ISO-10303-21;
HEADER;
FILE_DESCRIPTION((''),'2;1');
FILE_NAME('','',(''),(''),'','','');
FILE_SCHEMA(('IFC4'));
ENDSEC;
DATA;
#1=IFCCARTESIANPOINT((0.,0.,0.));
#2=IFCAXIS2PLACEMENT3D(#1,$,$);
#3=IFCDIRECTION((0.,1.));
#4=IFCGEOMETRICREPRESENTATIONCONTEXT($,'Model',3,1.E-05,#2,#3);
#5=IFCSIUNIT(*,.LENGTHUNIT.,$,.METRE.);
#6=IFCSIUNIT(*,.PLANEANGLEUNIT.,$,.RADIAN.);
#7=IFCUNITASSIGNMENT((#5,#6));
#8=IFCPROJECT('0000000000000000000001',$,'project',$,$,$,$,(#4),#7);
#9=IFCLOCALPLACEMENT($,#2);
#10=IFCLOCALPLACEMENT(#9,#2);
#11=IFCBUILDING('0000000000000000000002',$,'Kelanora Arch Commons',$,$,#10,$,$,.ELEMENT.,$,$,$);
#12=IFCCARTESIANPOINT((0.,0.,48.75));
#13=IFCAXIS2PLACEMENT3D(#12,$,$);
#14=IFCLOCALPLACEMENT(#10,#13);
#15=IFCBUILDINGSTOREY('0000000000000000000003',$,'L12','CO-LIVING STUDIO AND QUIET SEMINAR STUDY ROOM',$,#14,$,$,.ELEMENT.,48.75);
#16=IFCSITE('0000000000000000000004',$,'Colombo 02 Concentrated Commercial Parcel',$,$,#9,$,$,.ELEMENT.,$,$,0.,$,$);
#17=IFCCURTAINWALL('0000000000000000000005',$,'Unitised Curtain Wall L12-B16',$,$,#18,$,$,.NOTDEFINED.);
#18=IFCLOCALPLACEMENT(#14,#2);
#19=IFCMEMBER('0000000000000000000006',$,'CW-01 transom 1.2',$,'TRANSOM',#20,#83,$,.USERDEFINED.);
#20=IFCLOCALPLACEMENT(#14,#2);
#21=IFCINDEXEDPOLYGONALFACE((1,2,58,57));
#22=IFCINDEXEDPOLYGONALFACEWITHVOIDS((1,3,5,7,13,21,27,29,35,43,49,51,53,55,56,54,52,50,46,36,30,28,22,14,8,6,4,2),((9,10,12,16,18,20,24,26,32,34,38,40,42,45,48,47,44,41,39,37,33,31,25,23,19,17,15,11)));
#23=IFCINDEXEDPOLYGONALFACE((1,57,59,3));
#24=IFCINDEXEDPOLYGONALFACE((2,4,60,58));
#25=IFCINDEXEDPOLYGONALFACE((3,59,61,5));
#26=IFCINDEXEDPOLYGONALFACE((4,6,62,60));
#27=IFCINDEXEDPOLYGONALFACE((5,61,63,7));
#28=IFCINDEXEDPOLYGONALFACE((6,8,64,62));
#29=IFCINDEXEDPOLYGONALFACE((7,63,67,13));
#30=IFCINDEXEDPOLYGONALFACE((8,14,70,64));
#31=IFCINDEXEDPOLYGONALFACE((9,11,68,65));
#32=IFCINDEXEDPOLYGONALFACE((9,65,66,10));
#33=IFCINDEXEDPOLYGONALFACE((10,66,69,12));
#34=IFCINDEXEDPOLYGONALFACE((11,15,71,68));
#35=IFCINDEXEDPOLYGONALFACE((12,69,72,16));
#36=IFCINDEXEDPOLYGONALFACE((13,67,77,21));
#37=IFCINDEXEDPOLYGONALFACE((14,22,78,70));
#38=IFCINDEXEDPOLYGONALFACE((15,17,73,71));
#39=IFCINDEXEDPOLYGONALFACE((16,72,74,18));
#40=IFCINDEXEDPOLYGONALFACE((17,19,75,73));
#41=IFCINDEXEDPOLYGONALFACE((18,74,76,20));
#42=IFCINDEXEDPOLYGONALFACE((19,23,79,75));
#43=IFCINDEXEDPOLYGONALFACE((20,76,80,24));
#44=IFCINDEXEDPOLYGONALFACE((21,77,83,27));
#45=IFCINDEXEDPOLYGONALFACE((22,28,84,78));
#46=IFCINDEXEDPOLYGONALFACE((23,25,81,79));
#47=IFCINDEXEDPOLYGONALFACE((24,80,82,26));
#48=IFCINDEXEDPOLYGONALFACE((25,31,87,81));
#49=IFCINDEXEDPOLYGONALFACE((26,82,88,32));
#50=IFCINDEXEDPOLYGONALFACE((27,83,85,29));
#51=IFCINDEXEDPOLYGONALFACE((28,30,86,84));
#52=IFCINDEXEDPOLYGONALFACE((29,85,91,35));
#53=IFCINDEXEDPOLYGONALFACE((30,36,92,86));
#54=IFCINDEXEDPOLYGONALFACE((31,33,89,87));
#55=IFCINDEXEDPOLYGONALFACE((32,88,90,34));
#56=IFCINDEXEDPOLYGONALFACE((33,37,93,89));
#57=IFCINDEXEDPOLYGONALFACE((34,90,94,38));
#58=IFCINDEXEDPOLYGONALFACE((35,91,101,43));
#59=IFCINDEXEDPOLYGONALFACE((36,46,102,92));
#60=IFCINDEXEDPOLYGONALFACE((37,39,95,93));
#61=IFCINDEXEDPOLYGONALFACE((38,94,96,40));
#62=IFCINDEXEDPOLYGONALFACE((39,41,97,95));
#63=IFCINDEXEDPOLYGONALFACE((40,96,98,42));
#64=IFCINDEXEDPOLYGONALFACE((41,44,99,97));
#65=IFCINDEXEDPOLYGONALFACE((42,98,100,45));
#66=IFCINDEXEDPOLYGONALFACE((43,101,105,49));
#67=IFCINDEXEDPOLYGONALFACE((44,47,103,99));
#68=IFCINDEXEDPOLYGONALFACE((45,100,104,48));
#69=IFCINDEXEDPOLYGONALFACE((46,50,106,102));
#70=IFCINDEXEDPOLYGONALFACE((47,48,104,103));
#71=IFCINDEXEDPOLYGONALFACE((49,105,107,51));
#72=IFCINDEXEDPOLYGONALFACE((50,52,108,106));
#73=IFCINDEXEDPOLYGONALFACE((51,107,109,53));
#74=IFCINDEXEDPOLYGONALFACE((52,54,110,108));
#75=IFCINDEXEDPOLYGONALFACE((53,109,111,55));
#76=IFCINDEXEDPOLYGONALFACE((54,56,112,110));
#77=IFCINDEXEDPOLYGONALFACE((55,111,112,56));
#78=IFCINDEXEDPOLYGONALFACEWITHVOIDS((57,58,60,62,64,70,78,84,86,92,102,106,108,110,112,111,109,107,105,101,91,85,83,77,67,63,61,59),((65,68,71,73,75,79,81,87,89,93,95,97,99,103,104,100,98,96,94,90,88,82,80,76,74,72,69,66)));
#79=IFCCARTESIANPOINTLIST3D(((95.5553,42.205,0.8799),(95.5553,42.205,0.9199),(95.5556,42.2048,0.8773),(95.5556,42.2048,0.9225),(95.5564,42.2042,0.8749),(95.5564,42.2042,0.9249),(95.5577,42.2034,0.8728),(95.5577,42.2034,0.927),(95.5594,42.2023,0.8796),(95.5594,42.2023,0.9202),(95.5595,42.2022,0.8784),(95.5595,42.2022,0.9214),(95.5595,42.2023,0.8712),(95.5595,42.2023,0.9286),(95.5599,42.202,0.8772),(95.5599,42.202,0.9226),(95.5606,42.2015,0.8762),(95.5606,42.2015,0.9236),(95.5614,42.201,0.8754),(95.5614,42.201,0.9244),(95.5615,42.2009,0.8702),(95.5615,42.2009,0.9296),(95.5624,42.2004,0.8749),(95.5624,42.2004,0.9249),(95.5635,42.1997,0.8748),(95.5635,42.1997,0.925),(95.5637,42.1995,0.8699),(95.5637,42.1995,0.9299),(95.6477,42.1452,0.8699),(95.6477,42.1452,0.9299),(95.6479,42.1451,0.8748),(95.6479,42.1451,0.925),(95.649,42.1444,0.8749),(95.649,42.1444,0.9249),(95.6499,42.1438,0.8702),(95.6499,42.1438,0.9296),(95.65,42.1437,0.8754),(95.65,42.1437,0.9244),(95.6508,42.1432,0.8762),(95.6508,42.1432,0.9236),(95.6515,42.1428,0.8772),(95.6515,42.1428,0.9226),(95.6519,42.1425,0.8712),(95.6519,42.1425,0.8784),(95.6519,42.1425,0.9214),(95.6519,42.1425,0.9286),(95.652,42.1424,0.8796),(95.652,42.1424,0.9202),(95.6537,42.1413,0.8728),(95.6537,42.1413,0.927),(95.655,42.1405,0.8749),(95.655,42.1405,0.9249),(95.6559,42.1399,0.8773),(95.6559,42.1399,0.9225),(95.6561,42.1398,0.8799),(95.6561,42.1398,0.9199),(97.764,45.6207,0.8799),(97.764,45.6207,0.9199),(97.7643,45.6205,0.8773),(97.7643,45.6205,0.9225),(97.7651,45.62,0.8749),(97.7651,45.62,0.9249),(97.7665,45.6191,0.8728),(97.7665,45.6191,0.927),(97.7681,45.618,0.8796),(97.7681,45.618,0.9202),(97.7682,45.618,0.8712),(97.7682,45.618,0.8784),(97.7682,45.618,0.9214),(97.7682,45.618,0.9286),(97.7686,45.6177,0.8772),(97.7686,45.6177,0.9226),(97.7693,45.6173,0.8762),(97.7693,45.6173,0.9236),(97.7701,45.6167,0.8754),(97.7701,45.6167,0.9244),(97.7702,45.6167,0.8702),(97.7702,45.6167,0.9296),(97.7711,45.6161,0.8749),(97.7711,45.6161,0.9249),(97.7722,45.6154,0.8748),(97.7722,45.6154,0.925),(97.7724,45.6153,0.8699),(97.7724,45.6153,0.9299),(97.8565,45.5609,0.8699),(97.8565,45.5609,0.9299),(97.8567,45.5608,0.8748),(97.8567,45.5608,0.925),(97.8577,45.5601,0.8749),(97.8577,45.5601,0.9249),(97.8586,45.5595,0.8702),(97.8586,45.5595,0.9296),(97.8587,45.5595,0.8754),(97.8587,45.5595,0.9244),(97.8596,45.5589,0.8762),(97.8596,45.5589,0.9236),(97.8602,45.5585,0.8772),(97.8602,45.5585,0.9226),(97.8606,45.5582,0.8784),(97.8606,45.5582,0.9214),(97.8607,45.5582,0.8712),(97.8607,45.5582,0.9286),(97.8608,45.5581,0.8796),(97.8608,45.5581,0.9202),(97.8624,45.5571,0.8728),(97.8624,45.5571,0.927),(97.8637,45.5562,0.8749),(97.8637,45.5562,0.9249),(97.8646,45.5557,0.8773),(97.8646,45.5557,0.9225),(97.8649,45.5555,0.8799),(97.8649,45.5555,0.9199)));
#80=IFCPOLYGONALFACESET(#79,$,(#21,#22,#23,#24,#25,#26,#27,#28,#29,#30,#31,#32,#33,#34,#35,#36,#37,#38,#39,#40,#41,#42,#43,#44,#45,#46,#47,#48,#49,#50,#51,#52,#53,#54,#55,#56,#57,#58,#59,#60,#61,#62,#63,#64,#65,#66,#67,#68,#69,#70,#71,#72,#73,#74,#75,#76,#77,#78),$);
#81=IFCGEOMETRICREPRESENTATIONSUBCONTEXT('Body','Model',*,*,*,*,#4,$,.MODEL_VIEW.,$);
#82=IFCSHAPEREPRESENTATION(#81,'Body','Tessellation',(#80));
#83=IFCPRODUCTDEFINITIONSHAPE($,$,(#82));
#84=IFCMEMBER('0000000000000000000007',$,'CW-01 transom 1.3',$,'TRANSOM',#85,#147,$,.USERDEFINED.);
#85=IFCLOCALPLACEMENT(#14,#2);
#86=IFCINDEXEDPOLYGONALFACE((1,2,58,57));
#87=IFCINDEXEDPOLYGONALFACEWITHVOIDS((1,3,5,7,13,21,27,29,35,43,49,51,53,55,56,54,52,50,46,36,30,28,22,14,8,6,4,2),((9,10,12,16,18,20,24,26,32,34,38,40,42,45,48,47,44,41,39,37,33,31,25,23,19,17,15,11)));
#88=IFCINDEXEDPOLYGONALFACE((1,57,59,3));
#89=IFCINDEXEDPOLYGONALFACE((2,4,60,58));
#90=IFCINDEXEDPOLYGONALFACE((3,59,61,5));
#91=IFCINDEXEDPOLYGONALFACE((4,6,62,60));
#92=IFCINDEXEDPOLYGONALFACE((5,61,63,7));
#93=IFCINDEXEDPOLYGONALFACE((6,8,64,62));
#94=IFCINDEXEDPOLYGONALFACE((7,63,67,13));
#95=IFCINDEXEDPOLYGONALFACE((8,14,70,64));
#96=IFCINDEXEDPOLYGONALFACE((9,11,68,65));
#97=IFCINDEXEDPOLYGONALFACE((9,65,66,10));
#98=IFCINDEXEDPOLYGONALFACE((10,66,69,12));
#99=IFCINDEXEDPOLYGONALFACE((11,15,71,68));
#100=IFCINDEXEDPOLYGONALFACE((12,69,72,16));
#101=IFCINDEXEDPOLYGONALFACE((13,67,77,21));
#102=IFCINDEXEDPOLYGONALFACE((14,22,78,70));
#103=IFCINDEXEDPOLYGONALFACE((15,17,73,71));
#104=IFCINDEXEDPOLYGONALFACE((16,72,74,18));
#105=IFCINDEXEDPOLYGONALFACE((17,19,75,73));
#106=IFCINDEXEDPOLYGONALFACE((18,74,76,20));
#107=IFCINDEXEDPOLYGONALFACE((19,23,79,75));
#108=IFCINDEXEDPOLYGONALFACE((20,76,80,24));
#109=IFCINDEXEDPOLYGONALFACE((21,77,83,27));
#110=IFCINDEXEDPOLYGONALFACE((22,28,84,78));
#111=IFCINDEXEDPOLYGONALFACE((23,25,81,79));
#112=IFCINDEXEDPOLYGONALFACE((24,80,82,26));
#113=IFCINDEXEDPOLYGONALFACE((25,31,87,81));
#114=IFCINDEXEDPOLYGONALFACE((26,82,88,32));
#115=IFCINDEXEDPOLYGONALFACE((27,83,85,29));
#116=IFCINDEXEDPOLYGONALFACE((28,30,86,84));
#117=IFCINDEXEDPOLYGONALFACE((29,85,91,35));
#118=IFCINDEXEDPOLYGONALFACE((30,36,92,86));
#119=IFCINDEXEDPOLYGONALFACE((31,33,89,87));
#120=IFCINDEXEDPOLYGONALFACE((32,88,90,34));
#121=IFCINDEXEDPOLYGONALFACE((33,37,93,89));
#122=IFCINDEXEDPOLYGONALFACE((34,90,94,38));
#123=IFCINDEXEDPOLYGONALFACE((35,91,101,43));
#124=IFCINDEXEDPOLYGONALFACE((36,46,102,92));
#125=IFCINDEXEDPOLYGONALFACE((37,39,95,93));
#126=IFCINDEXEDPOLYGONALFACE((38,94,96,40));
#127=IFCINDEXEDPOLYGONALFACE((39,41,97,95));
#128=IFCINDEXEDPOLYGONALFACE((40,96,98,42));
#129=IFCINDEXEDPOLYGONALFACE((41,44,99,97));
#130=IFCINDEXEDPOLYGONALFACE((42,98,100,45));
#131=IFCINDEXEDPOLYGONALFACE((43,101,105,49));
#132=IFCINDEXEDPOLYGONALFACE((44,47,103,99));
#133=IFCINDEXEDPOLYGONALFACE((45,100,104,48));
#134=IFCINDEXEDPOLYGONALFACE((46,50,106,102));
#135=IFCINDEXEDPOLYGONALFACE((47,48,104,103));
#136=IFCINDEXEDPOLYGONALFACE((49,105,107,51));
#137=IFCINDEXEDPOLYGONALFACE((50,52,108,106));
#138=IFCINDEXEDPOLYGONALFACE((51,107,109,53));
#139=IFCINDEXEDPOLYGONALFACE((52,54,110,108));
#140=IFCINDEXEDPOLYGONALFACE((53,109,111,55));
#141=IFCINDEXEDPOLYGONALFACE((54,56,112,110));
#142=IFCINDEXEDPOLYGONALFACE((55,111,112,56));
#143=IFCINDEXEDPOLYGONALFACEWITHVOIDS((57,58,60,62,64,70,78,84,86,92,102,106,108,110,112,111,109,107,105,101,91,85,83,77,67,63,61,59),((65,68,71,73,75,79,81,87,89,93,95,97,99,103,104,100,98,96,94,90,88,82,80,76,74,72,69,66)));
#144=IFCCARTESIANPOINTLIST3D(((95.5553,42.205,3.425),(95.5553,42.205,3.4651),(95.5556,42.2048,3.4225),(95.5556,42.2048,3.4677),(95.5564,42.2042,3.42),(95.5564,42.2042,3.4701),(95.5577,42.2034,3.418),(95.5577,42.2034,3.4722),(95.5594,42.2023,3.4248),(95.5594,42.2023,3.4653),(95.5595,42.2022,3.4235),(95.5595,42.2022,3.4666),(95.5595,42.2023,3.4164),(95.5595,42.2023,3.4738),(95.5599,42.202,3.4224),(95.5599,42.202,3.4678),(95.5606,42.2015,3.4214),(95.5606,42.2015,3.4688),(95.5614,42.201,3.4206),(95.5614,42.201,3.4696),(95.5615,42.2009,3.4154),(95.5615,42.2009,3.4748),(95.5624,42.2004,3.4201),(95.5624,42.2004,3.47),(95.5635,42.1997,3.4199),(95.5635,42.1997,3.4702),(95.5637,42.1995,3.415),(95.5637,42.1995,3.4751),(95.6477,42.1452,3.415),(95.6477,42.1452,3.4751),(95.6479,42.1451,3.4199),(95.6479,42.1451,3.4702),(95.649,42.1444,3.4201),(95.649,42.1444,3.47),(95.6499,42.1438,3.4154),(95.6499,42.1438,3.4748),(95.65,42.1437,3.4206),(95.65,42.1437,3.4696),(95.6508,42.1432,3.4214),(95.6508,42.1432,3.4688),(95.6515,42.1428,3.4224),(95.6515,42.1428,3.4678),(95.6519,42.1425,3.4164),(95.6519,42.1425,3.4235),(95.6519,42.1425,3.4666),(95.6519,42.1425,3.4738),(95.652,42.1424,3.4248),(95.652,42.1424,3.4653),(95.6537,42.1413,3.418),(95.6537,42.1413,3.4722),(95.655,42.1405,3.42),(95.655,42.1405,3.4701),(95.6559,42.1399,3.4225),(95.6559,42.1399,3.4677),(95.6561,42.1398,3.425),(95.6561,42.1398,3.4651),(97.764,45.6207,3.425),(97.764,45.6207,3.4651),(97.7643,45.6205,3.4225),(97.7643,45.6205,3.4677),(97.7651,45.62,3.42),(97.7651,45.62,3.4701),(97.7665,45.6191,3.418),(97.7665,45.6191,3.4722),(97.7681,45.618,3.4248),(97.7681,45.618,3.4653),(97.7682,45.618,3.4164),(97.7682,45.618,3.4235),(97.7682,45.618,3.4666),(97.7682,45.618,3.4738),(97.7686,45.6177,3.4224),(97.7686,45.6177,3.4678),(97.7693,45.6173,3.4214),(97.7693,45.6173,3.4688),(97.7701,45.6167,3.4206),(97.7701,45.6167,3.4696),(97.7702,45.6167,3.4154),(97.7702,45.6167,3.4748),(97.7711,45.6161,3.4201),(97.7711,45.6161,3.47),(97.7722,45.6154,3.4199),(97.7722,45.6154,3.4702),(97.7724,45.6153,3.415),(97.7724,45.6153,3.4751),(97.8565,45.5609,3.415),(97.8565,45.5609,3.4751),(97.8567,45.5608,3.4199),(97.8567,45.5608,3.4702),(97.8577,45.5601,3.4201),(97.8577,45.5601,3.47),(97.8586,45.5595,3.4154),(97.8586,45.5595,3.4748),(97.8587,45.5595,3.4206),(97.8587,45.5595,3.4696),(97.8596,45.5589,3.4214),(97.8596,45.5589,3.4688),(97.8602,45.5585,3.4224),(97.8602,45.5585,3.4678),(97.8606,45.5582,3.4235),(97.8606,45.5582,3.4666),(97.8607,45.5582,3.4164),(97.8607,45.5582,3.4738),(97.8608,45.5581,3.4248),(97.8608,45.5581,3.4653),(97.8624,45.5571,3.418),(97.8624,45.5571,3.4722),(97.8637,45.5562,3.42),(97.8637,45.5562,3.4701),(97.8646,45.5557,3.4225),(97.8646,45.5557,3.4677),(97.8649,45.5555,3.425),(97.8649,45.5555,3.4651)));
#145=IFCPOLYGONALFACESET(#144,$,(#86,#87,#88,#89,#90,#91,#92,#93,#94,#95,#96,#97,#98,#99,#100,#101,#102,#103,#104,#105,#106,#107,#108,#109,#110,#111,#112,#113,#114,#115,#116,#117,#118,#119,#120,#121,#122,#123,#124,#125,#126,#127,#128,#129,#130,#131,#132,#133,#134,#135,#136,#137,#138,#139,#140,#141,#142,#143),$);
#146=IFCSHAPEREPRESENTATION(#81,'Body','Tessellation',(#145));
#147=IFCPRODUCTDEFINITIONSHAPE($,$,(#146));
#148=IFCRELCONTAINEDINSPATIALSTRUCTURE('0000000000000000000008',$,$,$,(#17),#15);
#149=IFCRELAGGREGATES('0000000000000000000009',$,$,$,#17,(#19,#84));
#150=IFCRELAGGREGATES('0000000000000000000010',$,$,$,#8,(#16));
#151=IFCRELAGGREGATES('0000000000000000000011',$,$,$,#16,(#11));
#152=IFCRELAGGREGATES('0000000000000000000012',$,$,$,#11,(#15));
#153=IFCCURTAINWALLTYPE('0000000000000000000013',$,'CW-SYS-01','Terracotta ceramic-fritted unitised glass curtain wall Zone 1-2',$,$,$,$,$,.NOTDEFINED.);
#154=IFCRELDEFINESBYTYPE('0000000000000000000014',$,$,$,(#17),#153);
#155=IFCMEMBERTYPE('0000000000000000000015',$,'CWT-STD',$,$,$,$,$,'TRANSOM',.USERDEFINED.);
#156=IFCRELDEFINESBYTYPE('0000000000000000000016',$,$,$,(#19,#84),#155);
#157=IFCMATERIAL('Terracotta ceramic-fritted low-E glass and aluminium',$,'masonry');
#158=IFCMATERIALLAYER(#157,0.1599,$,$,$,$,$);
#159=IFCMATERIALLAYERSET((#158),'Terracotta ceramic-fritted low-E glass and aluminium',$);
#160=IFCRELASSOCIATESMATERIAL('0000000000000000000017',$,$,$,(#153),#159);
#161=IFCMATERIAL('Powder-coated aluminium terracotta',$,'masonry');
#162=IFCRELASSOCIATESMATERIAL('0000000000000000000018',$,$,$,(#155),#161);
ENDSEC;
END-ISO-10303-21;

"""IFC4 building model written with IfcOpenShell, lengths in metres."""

from ifc_helpers import new_model, si_unit, direction, frame, origin, origin_2d, place, context, subcontext, project, spatial, hollow_rectangle, extrude, material, layer, layer_set, material_profile, profile_set, type_object, element, aggregate, save


model = new_model("IFC4")

# Units and contexts
model_context = context("Model", 3, precision=1e-05, world=origin(), true_north=direction((0.0, 1.0)))
body_context = subcontext(model_context, "Body", "Model", "MODEL_VIEW")
ifc_project = project(units=[si_unit("LENGTHUNIT", "METRE"), si_unit("PLANEANGLEUNIT", "RADIAN")], contexts=[model_context])

# Site, building, storey
site_placement = place(None, origin())
site = spatial("IfcSite", under=ifc_project, at=site_placement, Name="Colombo 02 Concentrated Commercial Parcel", CompositionType="ELEMENT", RefElevation=0.0)
building_placement = place(site_placement, origin())
building = spatial("IfcBuilding", under=site, at=building_placement, Name="Kelanora Arch Commons", CompositionType="ELEMENT")
storey_placement = place(building_placement, frame((0.0, 0.0, 48.75)))
storey = spatial("IfcBuildingStorey", under=building, at=storey_placement, Name="L12", Description="CO-LIVING STUDIO AND QUIET SEMINAR STUDY ROOM", CompositionType="ELEMENT", Elevation=48.75)

# Shared definitions
ifc_material_1 = material(Name="Terracotta ceramic-fritted low-E glass and aluminium", Category="masonry")
ifc_layer_1 = layer(ifc_material_1, 0.1599)
ifc_layer_set_1 = layer_set([ifc_layer_1], Name="Terracotta ceramic-fritted low-E glass and aluminium")
curtain_wall_type = type_object("IfcCurtainWallType", Name="CW-SYS-01", Description="Terracotta ceramic-fritted unitised glass curtain wall Zone 1-2", PredefinedType="NOTDEFINED", material=ifc_layer_set_1)
ifc_material_2 = material(Name="Powder-coated aluminium terracotta", Category="masonry")

# Curtain wall, members
curtain_wall_1_placement = place(storey_placement, origin())
curtain_wall_1 = element("IfcCurtainWall", 1, at=curtain_wall_1_placement, inside=storey, type_object=curtain_wall_type, Name="Unitised Curtain Wall L12-B16", PredefinedType="NOTDEFINED")
ifc_material_profile_1 = material_profile(ifc_material_2, hollow_rectangle(XDim=0.1201, YDim=0.0601, WallThickness=0.0049, InnerFilletRadius=0.0049, OuterFilletRadius=0.01, at=origin_2d()), Name="CWT120x60")
ifc_profile_set_1 = profile_set([ifc_material_profile_1], Name="Powder-coated aluminium terracotta")
member_type_1 = type_object("IfcMemberType", Name="CWT-STD", ElementType="TRANSOM", PredefinedType="USERDEFINED", material=ifc_profile_set_1)
member_1_placement = place(storey_placement, frame((95.6057, 42.1724, 0.8999), z_axis=(0.542997, 0.839734, 0.0), x_axis=(-0.839734, 0.542997, 0.0)))
member_1 = element("IfcMember", 2, at=member_1_placement, type_object=member_type_1, Name="CW-01 transom 1.2", ObjectType="TRANSOM", PredefinedType="USERDEFINED", context=body_context, shape_type="SweptSolid", body=[
    extrude(hollow_rectangle(XDim=0.1201, YDim=0.0601, WallThickness=0.0049, InnerFilletRadius=0.0049, OuterFilletRadius=0.01, at=origin_2d()), origin(), (0.0, 0.0, 1.0), 4.0676),
])
member_2_placement = place(storey_placement, frame((95.6057, 42.1724, 3.4451), z_axis=(0.542997, 0.839734, 0.0), x_axis=(-0.839734, 0.542997, 0.0)))
member_2 = element("IfcMember", 3, at=member_2_placement, type_object=member_type_1, Name="CW-01 transom 1.3", ObjectType="TRANSOM", PredefinedType="USERDEFINED", context=body_context, shape_type="SweptSolid", body=[
    extrude(hollow_rectangle(XDim=0.1201, YDim=0.0601, WallThickness=0.0049, InnerFilletRadius=0.0049, OuterFilletRadius=0.01, at=origin_2d()), origin(), (0.0, 0.0, 1.0), 4.0676),
])

aggregate(curtain_wall_1, [member_1, member_2])

save(model, "model.ifc")
